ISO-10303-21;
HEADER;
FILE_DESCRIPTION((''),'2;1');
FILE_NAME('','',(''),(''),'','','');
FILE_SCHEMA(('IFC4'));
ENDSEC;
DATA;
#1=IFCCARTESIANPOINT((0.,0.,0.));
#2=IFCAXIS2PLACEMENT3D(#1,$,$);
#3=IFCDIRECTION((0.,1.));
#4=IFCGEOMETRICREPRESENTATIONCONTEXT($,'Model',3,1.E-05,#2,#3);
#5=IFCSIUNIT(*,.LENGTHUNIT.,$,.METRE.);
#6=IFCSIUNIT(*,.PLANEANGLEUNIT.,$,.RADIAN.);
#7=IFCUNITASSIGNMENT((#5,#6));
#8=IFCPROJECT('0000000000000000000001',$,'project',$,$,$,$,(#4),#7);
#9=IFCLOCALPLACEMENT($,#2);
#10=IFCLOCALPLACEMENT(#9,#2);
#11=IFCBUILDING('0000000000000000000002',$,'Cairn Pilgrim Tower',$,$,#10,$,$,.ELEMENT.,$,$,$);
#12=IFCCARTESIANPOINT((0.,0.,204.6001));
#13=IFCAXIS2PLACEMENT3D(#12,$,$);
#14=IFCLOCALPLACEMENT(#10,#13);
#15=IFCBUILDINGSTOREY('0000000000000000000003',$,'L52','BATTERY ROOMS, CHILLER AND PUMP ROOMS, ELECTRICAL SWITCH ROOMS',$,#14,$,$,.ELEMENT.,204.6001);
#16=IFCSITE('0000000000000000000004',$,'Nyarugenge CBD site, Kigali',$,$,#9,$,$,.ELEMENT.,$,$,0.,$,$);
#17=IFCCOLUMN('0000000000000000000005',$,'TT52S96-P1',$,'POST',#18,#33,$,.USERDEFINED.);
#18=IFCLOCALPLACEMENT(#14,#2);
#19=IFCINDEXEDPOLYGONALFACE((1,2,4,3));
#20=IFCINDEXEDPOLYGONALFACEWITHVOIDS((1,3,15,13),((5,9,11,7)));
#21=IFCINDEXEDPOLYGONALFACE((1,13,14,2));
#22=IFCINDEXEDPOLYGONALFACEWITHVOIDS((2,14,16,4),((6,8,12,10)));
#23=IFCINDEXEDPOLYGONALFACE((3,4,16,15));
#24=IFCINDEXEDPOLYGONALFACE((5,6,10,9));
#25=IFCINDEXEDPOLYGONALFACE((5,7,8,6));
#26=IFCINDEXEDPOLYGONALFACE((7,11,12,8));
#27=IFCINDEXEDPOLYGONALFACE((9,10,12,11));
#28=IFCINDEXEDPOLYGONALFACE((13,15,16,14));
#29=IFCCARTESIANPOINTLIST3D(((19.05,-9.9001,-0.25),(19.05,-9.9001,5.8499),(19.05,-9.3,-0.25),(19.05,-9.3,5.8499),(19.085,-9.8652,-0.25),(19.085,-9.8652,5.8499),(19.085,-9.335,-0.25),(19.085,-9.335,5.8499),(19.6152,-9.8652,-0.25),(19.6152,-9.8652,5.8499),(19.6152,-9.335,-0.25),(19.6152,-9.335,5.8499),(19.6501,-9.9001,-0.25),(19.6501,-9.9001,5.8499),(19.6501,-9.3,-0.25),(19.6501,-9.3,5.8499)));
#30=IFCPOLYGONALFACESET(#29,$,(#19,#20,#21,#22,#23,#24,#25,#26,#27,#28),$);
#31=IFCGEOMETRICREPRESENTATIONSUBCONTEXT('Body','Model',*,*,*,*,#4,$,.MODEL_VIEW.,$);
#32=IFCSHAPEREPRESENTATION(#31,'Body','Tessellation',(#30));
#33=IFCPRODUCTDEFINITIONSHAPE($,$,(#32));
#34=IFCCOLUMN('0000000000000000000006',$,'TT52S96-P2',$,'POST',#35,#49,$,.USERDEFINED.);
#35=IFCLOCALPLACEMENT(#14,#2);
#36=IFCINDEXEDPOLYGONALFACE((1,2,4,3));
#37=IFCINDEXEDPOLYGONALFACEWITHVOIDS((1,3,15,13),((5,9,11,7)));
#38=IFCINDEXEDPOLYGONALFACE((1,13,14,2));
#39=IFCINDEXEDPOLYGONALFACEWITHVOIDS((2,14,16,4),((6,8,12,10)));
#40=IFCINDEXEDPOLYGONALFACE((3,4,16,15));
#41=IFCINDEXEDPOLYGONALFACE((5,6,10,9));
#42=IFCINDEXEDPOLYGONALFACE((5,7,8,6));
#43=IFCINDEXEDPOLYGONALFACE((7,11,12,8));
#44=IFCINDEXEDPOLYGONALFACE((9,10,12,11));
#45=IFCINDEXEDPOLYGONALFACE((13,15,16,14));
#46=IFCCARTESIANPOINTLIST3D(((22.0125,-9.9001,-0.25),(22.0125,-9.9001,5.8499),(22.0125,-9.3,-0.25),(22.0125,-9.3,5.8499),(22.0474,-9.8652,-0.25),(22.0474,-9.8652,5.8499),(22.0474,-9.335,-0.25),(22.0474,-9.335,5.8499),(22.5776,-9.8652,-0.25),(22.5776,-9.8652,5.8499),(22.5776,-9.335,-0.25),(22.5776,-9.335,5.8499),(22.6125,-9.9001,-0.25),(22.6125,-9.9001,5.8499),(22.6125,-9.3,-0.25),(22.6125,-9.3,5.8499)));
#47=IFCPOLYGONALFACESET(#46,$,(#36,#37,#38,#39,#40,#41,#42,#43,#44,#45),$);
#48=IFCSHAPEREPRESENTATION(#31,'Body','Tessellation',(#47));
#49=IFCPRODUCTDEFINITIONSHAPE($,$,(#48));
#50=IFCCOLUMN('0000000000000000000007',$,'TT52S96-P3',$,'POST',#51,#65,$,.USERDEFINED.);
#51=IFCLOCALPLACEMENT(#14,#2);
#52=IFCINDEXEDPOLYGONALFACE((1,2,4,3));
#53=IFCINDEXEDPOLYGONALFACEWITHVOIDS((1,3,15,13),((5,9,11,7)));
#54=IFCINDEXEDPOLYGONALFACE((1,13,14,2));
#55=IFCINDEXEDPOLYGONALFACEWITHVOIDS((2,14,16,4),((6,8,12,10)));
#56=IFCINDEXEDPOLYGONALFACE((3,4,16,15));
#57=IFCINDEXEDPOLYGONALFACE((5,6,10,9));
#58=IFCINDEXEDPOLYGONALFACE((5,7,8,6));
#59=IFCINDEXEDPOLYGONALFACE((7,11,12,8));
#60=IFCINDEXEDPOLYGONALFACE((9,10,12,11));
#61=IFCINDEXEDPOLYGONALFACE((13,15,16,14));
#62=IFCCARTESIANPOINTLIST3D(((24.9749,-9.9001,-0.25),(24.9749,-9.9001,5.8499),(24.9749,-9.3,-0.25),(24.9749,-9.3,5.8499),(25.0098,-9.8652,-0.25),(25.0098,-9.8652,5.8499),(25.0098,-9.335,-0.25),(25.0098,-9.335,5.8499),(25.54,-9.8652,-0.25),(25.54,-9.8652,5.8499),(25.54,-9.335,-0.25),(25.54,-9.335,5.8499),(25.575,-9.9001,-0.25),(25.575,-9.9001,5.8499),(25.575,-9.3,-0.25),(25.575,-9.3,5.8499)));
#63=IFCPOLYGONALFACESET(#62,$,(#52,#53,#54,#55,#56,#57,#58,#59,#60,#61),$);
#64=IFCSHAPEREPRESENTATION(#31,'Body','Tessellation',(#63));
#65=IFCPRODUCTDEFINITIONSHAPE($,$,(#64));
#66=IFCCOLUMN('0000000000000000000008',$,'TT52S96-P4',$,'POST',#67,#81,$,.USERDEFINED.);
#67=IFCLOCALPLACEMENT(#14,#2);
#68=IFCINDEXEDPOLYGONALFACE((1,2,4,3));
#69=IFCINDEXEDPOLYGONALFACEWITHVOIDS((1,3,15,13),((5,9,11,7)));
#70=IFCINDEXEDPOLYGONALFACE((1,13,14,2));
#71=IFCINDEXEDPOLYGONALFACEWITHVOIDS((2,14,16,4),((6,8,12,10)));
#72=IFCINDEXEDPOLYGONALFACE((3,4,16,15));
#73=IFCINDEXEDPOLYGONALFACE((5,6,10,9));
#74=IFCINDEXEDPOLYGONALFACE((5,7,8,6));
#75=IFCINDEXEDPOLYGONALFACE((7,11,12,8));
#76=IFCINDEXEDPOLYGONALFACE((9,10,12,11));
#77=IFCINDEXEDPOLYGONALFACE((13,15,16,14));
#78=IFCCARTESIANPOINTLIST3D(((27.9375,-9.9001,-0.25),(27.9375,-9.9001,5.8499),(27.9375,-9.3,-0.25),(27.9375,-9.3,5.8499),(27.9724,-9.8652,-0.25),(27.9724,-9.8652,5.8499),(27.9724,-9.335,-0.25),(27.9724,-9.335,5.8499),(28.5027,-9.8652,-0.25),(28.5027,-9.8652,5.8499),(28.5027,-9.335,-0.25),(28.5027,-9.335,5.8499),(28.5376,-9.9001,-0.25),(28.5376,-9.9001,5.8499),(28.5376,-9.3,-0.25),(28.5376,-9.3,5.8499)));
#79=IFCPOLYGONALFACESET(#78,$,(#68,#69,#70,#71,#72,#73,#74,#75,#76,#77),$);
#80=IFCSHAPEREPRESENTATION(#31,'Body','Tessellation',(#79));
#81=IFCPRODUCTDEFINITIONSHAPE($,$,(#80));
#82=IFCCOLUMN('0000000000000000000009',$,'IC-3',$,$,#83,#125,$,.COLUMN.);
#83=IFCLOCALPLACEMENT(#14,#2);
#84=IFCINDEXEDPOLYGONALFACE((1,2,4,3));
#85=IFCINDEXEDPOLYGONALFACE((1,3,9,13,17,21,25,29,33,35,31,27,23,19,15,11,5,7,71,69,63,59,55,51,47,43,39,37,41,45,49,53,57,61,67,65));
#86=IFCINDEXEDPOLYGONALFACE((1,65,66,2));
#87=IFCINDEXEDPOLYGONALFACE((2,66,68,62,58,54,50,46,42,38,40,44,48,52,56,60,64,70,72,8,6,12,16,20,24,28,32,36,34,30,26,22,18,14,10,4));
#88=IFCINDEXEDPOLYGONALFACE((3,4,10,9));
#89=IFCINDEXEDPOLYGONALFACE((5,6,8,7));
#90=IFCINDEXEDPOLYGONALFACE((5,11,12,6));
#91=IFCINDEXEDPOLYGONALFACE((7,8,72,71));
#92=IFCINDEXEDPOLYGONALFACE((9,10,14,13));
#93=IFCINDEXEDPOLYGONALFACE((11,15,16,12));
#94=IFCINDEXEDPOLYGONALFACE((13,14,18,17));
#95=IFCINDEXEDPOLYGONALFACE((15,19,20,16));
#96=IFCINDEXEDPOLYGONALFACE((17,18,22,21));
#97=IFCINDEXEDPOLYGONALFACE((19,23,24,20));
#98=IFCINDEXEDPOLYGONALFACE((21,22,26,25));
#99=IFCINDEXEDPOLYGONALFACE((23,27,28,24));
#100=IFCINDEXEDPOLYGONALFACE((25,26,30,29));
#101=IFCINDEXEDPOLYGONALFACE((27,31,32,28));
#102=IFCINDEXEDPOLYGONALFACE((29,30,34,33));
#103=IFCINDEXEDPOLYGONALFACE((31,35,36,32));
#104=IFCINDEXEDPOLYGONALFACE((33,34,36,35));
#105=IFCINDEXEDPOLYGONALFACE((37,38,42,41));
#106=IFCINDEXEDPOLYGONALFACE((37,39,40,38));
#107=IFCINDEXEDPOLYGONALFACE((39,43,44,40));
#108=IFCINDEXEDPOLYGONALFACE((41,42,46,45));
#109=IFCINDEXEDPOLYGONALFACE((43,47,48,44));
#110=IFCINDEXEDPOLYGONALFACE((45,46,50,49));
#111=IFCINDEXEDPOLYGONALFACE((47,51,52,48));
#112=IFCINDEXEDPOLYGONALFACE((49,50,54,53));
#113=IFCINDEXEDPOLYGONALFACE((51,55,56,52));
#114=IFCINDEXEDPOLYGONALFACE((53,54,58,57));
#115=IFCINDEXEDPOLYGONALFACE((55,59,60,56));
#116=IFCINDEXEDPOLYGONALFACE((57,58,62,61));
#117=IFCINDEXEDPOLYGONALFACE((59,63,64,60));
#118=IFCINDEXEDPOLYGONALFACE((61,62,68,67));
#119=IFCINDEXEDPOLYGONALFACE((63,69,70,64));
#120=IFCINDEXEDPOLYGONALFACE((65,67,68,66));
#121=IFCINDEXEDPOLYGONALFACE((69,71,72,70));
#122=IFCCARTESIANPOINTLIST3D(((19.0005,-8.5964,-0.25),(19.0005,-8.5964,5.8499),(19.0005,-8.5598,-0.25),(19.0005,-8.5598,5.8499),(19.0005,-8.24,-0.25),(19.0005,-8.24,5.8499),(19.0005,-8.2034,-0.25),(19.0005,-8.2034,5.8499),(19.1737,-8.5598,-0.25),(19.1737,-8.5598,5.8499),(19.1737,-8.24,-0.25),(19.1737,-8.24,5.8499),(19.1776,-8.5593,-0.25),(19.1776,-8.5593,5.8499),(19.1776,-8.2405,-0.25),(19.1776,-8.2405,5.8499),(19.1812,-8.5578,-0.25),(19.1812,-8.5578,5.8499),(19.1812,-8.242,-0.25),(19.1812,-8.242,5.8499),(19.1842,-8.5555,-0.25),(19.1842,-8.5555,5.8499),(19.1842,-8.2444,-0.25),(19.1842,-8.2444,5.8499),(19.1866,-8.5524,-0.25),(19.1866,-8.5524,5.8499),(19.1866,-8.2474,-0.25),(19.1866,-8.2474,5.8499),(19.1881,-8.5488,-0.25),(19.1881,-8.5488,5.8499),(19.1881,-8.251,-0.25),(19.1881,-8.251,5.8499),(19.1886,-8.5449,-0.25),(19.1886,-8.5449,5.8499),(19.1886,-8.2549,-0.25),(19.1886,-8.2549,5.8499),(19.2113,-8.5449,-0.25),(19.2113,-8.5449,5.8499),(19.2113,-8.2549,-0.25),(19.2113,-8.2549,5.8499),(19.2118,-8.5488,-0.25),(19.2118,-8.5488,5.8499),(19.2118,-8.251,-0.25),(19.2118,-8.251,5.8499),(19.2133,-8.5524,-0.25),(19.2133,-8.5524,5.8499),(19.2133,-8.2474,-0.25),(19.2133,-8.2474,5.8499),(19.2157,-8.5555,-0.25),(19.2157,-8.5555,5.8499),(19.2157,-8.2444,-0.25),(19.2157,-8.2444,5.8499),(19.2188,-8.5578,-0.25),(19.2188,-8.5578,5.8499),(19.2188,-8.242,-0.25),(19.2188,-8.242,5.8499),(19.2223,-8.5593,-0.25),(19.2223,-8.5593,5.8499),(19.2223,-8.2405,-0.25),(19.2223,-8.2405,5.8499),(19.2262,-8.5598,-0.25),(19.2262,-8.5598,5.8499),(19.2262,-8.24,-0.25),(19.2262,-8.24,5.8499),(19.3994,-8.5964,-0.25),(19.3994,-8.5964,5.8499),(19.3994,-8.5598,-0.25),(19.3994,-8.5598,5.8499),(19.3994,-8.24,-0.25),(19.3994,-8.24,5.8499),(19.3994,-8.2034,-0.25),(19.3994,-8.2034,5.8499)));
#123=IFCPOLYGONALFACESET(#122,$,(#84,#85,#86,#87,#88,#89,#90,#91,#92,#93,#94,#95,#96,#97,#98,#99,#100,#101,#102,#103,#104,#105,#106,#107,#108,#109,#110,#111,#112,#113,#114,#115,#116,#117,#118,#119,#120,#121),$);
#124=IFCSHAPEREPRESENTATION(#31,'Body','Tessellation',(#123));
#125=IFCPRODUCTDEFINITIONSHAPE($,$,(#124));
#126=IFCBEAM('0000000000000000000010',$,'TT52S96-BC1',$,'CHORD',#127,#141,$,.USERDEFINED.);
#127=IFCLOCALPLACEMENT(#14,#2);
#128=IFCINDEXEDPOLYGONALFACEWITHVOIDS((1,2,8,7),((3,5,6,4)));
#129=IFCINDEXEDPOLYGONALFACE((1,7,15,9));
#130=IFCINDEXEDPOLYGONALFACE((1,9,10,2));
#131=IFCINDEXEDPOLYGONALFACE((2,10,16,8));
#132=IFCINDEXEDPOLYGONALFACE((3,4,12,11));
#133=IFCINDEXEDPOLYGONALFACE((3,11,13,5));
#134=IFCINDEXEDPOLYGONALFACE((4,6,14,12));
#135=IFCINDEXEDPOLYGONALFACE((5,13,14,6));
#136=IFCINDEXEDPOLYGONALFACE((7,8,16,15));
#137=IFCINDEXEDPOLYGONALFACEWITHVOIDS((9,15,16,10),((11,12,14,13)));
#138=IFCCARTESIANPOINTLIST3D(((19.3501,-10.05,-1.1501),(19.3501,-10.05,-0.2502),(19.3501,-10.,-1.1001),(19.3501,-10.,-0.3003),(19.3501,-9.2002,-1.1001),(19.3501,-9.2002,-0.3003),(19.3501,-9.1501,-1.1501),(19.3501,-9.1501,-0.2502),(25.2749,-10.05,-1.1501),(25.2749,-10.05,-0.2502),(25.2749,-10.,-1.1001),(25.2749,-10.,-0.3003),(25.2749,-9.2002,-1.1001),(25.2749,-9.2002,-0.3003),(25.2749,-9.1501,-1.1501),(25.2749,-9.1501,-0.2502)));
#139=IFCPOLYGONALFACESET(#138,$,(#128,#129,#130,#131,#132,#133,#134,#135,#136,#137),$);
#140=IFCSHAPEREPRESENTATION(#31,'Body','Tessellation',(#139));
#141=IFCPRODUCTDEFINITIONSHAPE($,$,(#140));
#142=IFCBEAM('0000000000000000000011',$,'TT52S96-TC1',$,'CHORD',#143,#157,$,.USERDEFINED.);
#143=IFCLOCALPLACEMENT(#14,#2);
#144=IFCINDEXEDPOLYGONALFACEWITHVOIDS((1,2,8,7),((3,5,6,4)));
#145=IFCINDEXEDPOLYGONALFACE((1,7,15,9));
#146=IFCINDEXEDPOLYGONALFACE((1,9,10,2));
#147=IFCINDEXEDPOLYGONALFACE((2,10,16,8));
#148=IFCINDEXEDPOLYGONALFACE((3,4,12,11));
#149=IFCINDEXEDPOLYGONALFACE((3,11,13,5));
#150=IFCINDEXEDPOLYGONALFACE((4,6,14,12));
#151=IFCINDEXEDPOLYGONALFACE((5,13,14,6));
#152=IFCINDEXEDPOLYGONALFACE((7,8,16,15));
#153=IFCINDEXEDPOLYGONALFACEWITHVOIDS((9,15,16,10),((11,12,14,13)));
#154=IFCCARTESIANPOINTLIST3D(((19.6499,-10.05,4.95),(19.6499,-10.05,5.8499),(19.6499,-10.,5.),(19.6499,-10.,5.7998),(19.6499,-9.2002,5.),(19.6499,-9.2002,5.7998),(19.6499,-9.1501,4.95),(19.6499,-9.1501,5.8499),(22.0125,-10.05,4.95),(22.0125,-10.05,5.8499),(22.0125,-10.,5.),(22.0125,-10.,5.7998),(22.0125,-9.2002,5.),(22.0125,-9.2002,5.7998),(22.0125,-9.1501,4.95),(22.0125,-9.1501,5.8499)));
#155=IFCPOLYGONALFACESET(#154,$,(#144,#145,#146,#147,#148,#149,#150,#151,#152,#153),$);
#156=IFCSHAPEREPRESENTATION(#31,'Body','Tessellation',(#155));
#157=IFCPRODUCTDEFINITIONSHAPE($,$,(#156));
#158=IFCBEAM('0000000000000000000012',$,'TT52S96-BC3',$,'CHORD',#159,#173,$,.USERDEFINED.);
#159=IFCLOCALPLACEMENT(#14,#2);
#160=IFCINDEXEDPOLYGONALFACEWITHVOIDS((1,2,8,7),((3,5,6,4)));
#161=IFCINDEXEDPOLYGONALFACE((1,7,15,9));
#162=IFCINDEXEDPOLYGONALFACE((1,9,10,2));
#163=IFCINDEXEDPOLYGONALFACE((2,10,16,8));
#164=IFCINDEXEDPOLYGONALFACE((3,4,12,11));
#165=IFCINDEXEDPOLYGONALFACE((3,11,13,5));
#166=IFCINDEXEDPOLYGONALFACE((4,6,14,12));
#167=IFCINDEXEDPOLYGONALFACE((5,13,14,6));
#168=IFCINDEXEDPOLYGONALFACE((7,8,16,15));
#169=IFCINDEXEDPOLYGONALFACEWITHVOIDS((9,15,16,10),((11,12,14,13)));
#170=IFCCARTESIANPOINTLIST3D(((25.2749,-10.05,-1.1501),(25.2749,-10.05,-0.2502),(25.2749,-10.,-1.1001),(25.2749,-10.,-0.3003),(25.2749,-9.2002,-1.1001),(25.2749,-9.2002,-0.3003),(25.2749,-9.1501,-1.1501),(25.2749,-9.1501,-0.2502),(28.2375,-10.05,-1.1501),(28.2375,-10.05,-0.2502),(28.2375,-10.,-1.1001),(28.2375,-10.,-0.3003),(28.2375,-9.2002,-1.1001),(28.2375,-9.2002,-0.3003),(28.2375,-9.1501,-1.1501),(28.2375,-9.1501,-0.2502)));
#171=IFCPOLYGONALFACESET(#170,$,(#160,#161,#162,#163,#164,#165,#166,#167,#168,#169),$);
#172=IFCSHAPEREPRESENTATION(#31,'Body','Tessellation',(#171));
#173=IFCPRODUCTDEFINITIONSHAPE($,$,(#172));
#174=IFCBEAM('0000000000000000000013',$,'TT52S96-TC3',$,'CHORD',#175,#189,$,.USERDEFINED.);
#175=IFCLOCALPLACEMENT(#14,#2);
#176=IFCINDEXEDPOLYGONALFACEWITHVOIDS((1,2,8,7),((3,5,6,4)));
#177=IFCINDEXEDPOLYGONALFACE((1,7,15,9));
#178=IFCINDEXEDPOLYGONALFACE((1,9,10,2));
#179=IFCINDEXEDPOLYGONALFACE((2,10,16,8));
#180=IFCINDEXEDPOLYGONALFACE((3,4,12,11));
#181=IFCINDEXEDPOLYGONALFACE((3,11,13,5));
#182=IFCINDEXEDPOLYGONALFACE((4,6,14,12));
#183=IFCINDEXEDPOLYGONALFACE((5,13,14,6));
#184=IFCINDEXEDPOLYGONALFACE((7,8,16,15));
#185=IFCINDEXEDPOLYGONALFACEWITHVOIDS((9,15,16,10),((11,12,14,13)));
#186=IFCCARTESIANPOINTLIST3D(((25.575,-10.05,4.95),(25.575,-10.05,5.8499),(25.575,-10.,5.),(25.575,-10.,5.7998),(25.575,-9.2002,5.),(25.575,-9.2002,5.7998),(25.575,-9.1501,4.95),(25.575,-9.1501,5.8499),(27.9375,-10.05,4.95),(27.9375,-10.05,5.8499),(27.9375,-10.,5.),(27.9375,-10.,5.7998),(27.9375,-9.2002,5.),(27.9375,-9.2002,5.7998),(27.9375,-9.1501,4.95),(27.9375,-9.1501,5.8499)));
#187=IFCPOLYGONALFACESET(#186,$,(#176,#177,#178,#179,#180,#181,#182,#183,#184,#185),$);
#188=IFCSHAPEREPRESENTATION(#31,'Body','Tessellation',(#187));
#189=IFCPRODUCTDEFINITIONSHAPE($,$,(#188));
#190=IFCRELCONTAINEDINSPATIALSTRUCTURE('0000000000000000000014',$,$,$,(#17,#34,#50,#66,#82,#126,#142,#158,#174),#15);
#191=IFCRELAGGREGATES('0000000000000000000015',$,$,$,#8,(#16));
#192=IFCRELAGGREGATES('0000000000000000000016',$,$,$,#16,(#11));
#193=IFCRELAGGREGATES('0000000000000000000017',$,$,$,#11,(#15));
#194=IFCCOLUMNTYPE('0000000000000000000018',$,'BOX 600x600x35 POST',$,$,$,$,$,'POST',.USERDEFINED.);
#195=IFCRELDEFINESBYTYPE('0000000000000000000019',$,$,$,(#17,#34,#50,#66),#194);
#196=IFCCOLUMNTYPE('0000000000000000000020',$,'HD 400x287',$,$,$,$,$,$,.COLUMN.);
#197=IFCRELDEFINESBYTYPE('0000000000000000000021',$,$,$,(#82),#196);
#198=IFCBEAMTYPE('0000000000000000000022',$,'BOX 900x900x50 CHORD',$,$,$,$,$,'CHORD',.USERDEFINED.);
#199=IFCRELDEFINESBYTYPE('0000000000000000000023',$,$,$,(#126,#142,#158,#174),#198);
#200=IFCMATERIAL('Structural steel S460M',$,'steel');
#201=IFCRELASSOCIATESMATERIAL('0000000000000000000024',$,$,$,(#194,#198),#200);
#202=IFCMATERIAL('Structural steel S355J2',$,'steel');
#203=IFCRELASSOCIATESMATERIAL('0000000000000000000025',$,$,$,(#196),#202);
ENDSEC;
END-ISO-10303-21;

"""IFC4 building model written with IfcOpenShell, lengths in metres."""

from ifc_helpers import new_model, si_unit, direction, frame, origin, origin_2d, place, context, subcontext, project, spatial, hollow_rectangle, i_section, extrude, material, material_profile, profile_set, type_object, element, save


model = new_model("IFC4")

# Units and contexts
model_context = context("Model", 3, precision=1e-05, world=origin(), true_north=direction((0.0, 1.0)))
body_context = subcontext(model_context, "Body", "Model", "MODEL_VIEW")
ifc_project = project(units=[si_unit("LENGTHUNIT", "METRE"), si_unit("PLANEANGLEUNIT", "RADIAN")], contexts=[model_context])

# Site, building, storey
site_placement = place(None, origin())
site = spatial("IfcSite", under=ifc_project, at=site_placement, Name="Nyarugenge CBD site, Kigali", CompositionType="ELEMENT", RefElevation=0.0)
building_placement = place(site_placement, origin())
building = spatial("IfcBuilding", under=site, at=building_placement, Name="Cairn Pilgrim Tower", CompositionType="ELEMENT")
storey_placement = place(building_placement, frame((0.0, 0.0, 204.6001)))
storey = spatial("IfcBuildingStorey", under=building, at=storey_placement, Name="L52", Description="BATTERY ROOMS, CHILLER AND PUMP ROOMS, ELECTRICAL SWITCH ROOMS", CompositionType="ELEMENT", Elevation=204.6001)

# Columns
ifc_material_1 = material(Name="Structural steel S460M", Category="steel")
ifc_material_profile_1 = material_profile(ifc_material_1, hollow_rectangle(XDim=0.6001, YDim=0.6001, WallThickness=0.0349, at=origin_2d()), Name="BOX 600x600x35")
ifc_profile_set_1 = profile_set([ifc_material_profile_1], Name="Structural steel S460M")
column_type_1 = type_object("IfcColumnType", Name="BOX 600x600x35 POST", ElementType="POST", PredefinedType="USERDEFINED", material=ifc_profile_set_1)
for number, where, z_axis, x_axis, name in (
    (1, (19.3501, -9.6001, -0.25), (0.0, 0.0, 1.0), (1.0, 0.0, 0.0), "TT52S96-P1"),
    (2, (22.3125, -9.6001, -0.25), (0.0, 0.0, 1.0), (1.0, 0.0, 0.0), "TT52S96-P2"),
    (3, (25.2749, -9.6001, -0.25), (0.0, 0.0, 1.0), (1.0, 0.0, 0.0), "TT52S96-P3"),
    (4, (28.2375, -9.6001, -0.25), (0.0, 0.0, 1.0), (1.0, 0.0, 0.0), "TT52S96-P4"),
):
    element("IfcColumn", number, at=place(storey_placement, frame(where, z_axis=z_axis, x_axis=x_axis)), inside=storey, type_object=column_type_1, Name=name, ObjectType="POST", PredefinedType="USERDEFINED", context=body_context, shape_type="SweptSolid", body=[
        extrude(hollow_rectangle(XDim=0.6001, YDim=0.6001, WallThickness=0.0349, at=origin_2d()), origin(), (0.0, 0.0, 1.0), 6.0999),
    ])
ifc_material_2 = material(Name="Structural steel S355J2", Category="steel")
ifc_material_profile_2 = material_profile(ifc_material_2, i_section(OverallWidth=0.3989, OverallDepth=0.3931, WebThickness=0.0227, FlangeThickness=0.0366, FilletRadius=0.0149, at=origin_2d()), Name="HD 400x287")
ifc_profile_set_2 = profile_set([ifc_material_profile_2], Name="Structural steel S355J2")
column_type_2 = type_object("IfcColumnType", Name="HD 400x287", PredefinedType="COLUMN", material=ifc_profile_set_2)
column_placement = place(storey_placement, frame((19.2, -8.3999, -0.25), z_axis=(0.0, 0.0, 1.0), x_axis=(1.0, 0.0, 0.0)))
element("IfcColumn", 5, at=column_placement, inside=storey, type_object=column_type_2, Name="IC-3", PredefinedType="COLUMN", context=body_context, shape_type="SweptSolid", body=[
    extrude(i_section(OverallWidth=0.3989, OverallDepth=0.3931, WebThickness=0.0227, FlangeThickness=0.0366, FilletRadius=0.0149, at=origin_2d()), origin(), (0.0, 0.0, 1.0), 6.0999),
])

# Beams
ifc_material_profile_3 = material_profile(ifc_material_1, hollow_rectangle(XDim=0.8999, YDim=0.8999, WallThickness=0.05, at=origin_2d()), Name="BOX 900x900x50")
ifc_profile_set_3 = profile_set([ifc_material_profile_3], Name="Structural steel S460M")
beam_type_1 = type_object("IfcBeamType", Name="BOX 900x900x50 CHORD", ElementType="CHORD", PredefinedType="USERDEFINED", material=ifc_profile_set_3)
beam_1_placement = place(storey_placement, frame((19.3501, -9.6001, -0.7002), z_axis=(1.0, 0.0, 0.0), x_axis=(0.0, 1.0, 0.0)))
element("IfcBeam", 6, at=beam_1_placement, inside=storey, type_object=beam_type_1, Name="TT52S96-BC1", ObjectType="CHORD", PredefinedType="USERDEFINED", context=body_context, shape_type="SweptSolid", body=[
    extrude(hollow_rectangle(XDim=0.8999, YDim=0.8999, WallThickness=0.05, at=origin_2d()), origin(), (0.0, 0.0, 1.0), 5.9248),
])
beam_2_placement = place(storey_placement, frame((19.6499, -9.6001, 5.3999), z_axis=(1.0, 0.0, 0.0), x_axis=(0.0, 1.0, 0.0)))
element("IfcBeam", 7, at=beam_2_placement, inside=storey, type_object=beam_type_1, Name="TT52S96-TC1", ObjectType="CHORD", PredefinedType="USERDEFINED", context=body_context, shape_type="SweptSolid", body=[
    extrude(hollow_rectangle(XDim=0.8999, YDim=0.8999, WallThickness=0.05, at=origin_2d()), origin(), (0.0, 0.0, 1.0), 2.3625),
])
beam_3_placement = place(storey_placement, frame((25.2749, -9.6001, -0.7002), z_axis=(1.0, 0.0, 0.0), x_axis=(0.0, 1.0, 0.0)))
element("IfcBeam", 8, at=beam_3_placement, inside=storey, type_object=beam_type_1, Name="TT52S96-BC3", ObjectType="CHORD", PredefinedType="USERDEFINED", context=body_context, shape_type="SweptSolid", body=[
    extrude(hollow_rectangle(XDim=0.8999, YDim=0.8999, WallThickness=0.05, at=origin_2d()), origin(), (0.0, 0.0, 1.0), 2.9626),
])
beam_4_placement = place(storey_placement, frame((25.575, -9.6001, 5.3999), z_axis=(1.0, 0.0, 0.0), x_axis=(0.0, 1.0, 0.0)))
element("IfcBeam", 9, at=beam_4_placement, inside=storey, type_object=beam_type_1, Name="TT52S96-TC3", ObjectType="CHORD", PredefinedType="USERDEFINED", context=body_context, shape_type="SweptSolid", body=[
    extrude(hollow_rectangle(XDim=0.8999, YDim=0.8999, WallThickness=0.05, at=origin_2d()), origin(), (0.0, 0.0, 1.0), 2.3625),
])

save(model, "model.ifc")
